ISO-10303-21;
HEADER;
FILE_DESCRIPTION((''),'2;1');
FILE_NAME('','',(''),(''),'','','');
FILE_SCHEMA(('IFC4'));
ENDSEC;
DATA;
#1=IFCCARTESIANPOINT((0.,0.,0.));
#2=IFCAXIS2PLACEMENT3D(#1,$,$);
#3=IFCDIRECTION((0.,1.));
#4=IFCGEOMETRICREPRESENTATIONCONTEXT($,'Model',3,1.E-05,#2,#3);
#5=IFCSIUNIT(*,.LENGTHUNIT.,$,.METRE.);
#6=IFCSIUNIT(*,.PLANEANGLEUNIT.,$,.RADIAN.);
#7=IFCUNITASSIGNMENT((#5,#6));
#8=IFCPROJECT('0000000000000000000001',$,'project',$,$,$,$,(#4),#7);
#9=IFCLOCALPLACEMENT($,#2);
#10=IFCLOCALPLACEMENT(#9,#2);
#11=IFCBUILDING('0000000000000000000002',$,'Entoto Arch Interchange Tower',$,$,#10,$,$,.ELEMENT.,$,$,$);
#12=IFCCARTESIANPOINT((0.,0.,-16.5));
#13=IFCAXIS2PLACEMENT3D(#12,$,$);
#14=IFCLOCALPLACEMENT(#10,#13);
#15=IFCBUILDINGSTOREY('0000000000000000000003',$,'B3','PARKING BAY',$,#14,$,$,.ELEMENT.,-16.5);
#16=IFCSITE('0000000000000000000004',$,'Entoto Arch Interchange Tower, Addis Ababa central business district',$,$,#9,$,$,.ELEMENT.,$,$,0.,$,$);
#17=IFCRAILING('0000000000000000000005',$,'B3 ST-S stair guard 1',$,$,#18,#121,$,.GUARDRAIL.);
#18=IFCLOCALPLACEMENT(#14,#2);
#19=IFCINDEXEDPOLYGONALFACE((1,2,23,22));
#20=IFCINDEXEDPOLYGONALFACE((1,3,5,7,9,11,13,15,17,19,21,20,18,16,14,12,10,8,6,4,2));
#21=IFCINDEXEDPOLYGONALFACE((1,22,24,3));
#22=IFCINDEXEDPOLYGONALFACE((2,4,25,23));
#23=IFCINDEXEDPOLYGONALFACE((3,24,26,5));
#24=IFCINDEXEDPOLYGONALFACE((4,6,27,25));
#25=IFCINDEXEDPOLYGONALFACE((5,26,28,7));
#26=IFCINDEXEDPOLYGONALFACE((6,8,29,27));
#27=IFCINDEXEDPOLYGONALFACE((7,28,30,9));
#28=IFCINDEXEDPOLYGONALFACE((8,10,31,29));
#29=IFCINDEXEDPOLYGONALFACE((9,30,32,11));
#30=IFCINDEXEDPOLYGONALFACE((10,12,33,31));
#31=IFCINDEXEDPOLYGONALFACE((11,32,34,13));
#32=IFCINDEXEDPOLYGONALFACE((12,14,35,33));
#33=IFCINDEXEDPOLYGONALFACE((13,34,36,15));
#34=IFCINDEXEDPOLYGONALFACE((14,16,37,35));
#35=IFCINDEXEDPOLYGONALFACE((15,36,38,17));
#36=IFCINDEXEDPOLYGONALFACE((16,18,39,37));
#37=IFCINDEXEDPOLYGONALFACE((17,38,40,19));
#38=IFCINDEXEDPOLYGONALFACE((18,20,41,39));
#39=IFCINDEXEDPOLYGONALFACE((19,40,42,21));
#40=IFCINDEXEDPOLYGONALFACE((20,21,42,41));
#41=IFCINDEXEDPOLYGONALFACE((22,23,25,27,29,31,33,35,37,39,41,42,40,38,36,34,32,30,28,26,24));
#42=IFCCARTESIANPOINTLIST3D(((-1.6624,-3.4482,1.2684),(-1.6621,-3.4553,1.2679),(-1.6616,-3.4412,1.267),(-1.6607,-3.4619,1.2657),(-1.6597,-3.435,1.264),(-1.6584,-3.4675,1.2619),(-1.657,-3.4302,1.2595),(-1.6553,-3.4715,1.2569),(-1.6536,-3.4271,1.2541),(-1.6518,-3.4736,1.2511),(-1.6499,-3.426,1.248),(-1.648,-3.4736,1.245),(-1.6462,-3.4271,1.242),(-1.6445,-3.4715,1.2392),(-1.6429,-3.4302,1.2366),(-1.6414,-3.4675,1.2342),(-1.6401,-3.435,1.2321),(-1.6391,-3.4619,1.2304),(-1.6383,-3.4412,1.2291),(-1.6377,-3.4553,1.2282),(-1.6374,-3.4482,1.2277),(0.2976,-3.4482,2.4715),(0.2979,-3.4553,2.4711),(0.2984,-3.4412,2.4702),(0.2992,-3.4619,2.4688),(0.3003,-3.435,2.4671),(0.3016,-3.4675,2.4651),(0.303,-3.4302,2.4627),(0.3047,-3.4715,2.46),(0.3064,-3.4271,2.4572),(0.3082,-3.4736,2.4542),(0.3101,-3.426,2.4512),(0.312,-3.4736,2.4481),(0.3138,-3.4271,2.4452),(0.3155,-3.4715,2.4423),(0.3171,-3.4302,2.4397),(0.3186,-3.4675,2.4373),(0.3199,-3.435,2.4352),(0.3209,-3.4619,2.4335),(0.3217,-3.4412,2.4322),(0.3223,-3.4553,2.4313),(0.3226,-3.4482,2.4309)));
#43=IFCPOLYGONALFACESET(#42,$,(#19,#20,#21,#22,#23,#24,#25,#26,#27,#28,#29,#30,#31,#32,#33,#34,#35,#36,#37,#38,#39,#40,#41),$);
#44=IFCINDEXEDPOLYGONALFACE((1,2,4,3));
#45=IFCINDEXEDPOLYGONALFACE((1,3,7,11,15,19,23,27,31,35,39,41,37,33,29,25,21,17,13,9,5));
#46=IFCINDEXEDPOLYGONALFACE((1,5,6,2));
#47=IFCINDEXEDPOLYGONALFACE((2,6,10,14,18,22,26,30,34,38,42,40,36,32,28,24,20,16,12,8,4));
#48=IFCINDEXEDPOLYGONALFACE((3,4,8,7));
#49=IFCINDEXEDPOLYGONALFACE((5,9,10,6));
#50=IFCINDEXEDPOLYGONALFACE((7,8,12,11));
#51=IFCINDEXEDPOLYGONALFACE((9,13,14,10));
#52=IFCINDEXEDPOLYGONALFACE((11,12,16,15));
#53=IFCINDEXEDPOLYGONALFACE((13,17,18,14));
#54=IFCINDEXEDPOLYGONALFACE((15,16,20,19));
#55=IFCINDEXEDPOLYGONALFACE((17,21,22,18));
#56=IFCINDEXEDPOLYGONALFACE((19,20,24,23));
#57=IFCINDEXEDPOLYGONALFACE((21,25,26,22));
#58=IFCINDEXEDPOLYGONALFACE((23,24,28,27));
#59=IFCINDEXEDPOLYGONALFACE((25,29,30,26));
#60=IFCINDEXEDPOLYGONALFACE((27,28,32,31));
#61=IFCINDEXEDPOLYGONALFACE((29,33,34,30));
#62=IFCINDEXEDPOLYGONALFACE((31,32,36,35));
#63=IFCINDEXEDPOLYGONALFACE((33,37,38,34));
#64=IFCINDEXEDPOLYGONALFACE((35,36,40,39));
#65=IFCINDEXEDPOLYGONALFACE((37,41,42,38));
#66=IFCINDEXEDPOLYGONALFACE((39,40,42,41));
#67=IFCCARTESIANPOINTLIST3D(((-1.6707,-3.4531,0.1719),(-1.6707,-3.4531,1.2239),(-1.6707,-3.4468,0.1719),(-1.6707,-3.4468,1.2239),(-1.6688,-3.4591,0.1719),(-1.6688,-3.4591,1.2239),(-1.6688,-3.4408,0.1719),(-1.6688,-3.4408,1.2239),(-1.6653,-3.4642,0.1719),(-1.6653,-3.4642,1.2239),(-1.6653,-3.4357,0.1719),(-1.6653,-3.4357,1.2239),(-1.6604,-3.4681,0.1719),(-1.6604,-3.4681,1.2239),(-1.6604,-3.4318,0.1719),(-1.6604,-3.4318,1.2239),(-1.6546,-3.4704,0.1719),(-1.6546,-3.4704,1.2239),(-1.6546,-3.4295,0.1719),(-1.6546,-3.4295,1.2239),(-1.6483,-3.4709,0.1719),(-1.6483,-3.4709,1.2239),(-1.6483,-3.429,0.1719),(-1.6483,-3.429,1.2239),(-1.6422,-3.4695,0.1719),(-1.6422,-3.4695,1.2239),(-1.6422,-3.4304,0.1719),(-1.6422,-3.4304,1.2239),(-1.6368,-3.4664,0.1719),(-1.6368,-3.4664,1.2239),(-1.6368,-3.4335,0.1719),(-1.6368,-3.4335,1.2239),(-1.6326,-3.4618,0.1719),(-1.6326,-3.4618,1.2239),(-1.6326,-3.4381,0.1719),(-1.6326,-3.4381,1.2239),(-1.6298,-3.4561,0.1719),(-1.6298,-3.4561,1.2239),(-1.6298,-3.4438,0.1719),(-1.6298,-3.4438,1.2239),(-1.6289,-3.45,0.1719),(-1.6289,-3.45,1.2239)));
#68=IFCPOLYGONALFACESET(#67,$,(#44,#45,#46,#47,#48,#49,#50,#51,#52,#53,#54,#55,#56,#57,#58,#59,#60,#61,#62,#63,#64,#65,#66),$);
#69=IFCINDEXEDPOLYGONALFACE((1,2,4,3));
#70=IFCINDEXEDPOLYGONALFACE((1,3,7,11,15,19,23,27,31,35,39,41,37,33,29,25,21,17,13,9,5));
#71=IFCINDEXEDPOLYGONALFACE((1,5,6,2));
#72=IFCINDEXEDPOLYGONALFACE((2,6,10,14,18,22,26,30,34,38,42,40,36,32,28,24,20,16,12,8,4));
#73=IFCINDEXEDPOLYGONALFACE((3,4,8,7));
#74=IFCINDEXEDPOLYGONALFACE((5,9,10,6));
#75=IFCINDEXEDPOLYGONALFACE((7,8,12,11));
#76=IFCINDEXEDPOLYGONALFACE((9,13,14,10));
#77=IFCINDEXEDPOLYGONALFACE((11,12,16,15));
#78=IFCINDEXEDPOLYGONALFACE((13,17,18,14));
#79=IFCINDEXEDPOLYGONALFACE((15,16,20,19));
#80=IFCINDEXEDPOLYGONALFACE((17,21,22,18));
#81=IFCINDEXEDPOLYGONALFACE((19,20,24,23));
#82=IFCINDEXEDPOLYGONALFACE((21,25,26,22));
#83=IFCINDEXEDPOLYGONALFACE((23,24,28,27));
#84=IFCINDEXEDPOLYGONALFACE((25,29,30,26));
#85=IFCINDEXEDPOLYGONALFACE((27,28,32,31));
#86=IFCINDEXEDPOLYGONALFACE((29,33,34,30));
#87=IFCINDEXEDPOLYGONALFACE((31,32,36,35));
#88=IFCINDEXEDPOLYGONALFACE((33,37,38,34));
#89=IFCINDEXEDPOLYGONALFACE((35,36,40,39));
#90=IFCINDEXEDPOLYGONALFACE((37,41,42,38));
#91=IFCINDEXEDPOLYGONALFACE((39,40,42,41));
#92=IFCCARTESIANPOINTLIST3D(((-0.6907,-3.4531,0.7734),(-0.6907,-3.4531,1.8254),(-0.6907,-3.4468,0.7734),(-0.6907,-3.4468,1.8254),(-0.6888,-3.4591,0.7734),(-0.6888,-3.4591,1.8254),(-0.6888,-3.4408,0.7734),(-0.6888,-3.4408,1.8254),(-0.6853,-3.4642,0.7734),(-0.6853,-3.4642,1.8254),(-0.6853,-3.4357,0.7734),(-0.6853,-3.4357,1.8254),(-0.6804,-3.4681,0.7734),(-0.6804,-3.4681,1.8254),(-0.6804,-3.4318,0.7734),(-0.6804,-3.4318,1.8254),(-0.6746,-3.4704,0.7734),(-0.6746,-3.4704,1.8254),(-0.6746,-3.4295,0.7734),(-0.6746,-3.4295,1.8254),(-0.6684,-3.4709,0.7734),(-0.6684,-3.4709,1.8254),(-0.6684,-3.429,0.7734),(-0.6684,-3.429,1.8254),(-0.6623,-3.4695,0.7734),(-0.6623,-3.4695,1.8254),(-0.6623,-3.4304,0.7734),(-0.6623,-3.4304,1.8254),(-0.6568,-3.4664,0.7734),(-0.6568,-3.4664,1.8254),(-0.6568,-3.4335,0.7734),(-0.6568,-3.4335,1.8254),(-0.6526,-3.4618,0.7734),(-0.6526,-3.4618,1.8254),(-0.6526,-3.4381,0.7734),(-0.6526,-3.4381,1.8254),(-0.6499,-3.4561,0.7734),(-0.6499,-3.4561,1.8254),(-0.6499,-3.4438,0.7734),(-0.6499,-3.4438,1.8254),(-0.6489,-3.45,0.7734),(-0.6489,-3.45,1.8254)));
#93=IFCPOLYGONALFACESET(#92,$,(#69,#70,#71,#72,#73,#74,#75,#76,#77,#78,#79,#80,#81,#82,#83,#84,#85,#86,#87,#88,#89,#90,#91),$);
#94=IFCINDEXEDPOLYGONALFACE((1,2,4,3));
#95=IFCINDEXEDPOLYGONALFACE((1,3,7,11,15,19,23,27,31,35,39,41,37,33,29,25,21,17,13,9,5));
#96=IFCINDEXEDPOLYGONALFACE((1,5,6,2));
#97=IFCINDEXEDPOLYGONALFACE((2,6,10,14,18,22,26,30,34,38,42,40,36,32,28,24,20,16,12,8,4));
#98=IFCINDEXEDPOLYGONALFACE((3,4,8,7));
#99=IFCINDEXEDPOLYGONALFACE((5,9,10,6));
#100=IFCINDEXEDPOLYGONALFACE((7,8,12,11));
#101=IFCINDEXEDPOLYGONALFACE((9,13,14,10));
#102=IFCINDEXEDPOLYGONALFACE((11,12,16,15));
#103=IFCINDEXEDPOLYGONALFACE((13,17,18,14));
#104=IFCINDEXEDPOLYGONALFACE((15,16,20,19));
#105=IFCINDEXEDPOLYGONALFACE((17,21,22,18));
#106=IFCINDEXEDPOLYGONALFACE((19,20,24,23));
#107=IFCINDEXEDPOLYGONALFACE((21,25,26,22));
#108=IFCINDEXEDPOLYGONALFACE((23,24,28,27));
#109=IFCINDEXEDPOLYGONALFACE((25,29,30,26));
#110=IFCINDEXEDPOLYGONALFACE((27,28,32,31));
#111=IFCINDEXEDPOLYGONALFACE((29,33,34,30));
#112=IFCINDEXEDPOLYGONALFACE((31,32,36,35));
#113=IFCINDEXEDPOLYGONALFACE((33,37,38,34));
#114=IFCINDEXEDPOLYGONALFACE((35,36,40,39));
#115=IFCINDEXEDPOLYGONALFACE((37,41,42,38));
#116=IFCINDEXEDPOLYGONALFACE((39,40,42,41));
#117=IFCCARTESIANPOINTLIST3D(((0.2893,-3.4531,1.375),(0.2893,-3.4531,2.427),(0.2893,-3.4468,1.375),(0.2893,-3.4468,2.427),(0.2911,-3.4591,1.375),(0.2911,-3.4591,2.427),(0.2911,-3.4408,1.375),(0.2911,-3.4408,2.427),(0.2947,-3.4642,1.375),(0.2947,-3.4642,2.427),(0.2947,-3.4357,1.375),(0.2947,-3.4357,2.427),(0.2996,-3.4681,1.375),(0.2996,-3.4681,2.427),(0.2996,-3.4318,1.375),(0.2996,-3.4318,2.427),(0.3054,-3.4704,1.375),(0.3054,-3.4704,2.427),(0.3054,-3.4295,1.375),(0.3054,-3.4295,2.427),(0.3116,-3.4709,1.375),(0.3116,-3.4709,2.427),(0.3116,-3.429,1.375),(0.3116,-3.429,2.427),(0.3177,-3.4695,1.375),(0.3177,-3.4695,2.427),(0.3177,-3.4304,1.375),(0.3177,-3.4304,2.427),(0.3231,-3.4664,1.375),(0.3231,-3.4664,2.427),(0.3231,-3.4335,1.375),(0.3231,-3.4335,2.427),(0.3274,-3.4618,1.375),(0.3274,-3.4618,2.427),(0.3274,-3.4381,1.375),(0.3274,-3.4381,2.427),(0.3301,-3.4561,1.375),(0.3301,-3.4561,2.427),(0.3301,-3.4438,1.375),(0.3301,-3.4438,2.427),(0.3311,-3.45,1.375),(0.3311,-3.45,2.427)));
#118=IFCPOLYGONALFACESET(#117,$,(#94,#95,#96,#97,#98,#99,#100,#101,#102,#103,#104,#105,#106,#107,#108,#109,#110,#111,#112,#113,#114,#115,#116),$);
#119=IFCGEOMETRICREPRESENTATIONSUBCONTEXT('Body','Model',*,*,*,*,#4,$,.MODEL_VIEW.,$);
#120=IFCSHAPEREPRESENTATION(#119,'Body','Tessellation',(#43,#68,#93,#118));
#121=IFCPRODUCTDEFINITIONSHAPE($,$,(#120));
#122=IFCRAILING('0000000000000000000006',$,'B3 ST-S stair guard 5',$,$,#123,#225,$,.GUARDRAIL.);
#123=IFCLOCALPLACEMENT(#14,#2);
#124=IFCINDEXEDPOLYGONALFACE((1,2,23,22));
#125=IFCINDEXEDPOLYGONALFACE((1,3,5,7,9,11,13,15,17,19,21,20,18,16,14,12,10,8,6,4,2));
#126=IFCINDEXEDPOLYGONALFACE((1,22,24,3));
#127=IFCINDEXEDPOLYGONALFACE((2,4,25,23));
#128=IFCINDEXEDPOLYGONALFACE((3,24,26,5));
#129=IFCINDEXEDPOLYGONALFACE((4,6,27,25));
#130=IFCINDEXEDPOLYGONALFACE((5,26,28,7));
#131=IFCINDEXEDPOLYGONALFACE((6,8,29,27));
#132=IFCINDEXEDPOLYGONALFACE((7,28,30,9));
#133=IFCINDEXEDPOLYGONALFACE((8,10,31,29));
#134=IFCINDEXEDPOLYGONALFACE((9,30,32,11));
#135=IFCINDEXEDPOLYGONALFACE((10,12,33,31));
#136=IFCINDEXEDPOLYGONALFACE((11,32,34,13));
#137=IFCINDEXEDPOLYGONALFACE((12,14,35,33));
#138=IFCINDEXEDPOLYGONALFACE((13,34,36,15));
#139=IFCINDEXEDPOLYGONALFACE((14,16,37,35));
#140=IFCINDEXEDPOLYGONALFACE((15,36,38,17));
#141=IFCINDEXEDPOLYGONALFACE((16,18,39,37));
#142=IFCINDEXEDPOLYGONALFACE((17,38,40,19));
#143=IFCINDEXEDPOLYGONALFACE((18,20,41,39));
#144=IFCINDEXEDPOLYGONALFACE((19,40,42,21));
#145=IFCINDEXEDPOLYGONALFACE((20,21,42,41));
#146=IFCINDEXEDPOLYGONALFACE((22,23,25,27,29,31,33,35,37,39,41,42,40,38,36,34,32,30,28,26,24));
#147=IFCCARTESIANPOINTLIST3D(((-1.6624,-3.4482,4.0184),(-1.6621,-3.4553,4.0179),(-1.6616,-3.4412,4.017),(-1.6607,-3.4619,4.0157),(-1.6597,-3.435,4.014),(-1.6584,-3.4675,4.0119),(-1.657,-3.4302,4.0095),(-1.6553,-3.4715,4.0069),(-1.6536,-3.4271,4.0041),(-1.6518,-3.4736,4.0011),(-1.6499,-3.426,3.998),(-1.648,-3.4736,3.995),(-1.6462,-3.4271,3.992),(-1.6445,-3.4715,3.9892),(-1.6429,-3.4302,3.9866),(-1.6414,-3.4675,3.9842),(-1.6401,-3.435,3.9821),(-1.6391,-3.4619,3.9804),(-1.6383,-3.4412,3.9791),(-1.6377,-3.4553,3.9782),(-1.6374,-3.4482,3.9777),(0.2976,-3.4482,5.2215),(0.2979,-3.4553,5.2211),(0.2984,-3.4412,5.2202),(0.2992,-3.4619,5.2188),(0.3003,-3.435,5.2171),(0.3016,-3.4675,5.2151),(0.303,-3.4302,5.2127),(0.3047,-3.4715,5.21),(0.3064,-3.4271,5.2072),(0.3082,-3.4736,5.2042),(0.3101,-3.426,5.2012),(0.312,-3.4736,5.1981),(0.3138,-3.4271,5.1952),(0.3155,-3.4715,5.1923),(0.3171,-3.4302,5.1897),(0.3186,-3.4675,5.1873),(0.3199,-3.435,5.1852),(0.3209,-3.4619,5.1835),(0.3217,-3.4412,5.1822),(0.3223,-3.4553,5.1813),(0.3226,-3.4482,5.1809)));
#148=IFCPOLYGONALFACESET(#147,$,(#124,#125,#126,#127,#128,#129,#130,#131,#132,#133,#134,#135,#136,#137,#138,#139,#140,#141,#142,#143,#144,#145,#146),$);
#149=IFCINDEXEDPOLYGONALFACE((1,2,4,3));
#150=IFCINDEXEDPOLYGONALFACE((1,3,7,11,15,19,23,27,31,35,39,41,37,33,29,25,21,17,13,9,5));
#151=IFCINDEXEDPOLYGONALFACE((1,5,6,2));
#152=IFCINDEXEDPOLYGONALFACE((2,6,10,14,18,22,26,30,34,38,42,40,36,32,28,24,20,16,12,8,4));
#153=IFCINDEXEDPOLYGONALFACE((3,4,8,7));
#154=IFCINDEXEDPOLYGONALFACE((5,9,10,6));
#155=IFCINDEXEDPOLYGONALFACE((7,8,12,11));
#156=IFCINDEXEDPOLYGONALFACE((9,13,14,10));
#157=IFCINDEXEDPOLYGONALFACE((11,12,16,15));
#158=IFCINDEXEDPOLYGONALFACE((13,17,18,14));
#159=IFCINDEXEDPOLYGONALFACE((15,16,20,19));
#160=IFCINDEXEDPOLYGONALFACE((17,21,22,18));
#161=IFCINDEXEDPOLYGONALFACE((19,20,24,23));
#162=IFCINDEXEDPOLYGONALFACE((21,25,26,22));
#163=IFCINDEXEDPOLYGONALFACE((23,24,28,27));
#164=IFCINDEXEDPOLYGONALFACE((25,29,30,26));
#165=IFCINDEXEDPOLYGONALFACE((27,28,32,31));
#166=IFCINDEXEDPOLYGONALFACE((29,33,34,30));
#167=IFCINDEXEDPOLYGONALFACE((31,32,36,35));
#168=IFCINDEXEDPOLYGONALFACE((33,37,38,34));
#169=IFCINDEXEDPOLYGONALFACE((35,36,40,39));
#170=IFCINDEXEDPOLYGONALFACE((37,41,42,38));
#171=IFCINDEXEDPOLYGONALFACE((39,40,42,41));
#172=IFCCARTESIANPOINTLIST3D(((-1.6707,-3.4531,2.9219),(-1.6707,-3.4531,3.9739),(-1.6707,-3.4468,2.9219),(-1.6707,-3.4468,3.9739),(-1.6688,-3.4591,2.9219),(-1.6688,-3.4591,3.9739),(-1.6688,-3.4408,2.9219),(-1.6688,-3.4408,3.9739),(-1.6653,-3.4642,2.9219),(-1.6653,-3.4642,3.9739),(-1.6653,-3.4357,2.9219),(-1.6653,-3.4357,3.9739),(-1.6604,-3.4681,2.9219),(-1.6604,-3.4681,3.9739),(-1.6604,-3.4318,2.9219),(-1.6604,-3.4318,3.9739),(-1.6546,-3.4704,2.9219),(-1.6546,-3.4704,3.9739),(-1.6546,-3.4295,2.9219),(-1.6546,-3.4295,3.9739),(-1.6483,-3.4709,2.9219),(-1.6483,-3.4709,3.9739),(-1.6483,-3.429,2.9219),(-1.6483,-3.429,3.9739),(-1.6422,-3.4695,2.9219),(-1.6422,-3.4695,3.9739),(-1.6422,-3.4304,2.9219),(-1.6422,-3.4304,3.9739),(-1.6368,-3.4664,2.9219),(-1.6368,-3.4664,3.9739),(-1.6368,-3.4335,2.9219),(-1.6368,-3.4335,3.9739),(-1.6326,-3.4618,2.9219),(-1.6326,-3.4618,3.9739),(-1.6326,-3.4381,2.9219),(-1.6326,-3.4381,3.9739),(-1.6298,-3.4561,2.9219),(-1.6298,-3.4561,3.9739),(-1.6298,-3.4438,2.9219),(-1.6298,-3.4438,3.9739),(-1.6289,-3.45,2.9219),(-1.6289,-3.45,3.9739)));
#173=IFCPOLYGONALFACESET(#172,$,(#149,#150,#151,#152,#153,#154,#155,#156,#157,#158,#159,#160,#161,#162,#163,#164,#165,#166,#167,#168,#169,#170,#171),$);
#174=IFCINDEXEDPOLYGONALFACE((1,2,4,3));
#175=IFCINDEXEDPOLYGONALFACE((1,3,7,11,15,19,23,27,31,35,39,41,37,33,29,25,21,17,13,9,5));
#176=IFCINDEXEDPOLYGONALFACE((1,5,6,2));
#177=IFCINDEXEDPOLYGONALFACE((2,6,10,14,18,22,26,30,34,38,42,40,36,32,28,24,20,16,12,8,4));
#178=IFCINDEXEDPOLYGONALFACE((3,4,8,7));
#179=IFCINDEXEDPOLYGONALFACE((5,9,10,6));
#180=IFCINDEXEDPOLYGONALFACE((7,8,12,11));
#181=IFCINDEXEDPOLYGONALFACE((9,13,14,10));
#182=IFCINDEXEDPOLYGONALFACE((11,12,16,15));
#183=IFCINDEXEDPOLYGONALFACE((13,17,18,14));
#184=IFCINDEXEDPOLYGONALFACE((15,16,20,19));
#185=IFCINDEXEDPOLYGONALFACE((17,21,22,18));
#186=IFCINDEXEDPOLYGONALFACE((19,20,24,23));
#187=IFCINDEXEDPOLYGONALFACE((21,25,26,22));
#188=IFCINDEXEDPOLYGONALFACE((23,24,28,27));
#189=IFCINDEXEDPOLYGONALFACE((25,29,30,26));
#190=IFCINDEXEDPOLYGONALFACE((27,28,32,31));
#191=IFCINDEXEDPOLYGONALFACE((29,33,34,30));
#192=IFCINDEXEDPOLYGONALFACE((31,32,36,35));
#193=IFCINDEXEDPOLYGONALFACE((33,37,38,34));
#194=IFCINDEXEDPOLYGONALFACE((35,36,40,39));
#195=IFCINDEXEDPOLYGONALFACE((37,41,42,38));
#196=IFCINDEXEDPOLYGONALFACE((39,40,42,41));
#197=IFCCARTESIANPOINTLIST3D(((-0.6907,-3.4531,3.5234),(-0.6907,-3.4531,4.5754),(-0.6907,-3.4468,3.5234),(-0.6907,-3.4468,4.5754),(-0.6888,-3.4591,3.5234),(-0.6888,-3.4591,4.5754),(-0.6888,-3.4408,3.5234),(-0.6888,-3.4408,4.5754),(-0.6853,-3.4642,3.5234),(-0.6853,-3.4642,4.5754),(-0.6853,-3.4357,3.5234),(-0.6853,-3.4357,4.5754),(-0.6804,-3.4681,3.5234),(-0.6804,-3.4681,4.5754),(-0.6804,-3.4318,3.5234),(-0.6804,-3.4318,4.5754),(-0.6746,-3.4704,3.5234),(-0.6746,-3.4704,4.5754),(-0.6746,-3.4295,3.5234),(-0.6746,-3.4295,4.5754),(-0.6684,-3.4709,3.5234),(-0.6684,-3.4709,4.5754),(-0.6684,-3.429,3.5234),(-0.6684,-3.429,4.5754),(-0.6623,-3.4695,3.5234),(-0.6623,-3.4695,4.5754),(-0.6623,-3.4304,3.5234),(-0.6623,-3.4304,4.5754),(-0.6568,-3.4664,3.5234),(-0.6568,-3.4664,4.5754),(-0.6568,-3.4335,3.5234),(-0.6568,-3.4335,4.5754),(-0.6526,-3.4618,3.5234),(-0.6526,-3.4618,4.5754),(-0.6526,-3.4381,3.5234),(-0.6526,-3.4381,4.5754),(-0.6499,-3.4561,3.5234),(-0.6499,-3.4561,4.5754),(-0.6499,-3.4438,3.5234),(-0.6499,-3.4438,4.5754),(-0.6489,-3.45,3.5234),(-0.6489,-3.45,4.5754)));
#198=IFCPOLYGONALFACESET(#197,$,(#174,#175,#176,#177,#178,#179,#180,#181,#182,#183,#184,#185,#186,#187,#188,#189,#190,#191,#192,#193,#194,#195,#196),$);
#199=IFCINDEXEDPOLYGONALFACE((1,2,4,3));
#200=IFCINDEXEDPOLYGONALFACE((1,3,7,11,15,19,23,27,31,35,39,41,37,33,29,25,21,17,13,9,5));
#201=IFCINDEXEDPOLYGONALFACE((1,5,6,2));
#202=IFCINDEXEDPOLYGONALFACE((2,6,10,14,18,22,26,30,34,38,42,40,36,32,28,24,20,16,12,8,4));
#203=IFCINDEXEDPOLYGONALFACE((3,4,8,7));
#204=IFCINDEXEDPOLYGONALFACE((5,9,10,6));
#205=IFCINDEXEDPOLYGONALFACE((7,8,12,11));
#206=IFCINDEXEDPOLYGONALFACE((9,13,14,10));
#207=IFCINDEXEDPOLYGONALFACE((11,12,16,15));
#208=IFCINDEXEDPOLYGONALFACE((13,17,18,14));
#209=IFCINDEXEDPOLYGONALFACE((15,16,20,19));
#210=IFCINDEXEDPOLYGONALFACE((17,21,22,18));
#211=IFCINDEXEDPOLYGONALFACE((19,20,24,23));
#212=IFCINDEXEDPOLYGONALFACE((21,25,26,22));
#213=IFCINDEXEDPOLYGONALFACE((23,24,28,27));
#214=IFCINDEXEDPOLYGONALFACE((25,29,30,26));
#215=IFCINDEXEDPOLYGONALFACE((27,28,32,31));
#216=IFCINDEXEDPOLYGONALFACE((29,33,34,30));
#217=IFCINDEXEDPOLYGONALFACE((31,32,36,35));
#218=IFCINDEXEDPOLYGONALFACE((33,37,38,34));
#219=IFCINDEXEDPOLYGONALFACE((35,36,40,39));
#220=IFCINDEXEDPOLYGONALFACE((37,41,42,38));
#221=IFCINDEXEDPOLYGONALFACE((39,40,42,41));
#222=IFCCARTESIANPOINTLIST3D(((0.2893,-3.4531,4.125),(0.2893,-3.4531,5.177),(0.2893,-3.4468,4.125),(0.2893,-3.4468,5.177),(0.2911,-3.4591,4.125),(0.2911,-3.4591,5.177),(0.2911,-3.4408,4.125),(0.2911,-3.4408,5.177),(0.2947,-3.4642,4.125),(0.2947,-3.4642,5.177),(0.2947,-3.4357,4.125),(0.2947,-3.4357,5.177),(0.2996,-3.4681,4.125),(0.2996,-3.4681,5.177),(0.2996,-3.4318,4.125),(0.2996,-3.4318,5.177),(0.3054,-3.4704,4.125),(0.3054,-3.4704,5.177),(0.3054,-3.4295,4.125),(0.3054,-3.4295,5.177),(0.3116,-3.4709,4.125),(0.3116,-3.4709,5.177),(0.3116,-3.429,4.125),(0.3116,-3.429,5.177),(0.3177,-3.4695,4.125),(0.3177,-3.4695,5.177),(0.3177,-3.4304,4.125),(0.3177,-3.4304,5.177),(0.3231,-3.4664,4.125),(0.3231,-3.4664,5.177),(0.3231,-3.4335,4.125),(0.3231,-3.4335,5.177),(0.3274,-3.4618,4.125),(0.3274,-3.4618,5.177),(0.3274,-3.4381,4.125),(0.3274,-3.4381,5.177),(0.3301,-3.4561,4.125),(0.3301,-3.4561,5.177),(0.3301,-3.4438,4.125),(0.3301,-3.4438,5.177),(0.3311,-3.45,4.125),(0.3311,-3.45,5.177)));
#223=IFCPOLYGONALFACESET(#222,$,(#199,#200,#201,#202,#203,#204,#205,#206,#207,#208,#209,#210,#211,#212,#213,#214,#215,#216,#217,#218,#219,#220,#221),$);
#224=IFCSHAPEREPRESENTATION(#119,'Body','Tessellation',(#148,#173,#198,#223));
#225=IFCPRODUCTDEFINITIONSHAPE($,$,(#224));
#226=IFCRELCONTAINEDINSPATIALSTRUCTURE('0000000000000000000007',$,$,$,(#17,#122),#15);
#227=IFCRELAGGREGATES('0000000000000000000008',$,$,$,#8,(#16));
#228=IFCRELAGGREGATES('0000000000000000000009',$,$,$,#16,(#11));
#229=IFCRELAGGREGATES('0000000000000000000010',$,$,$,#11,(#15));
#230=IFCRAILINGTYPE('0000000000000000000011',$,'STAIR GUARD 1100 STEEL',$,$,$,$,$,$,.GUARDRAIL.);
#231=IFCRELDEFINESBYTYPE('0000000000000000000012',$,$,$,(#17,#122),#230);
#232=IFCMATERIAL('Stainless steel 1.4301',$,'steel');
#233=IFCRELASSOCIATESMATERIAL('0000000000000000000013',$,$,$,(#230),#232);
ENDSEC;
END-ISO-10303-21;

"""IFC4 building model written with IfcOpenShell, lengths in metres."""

from ifc_helpers import new_model, si_unit, direction, frame, origin, origin_2d, place, context, subcontext, project, spatial, circle, extrude, material, type_object, element, save


model = new_model("IFC4")

# Units and contexts
model_context = context("Model", 3, precision=1e-05, world=origin(), true_north=direction((0.0, 1.0)))
body_context = subcontext(model_context, "Body", "Model", "MODEL_VIEW")
ifc_project = project(units=[si_unit("LENGTHUNIT", "METRE"), si_unit("PLANEANGLEUNIT", "RADIAN")], contexts=[model_context])

# Site, building, storey
site_placement = place(None, origin())
site = spatial("IfcSite", under=ifc_project, at=site_placement, Name="Entoto Arch Interchange Tower, Addis Ababa central business district", CompositionType="ELEMENT", RefElevation=0.0)
building_placement = place(site_placement, origin())
building = spatial("IfcBuilding", under=site, at=building_placement, Name="Entoto Arch Interchange Tower", CompositionType="ELEMENT")
storey_placement = place(building_placement, frame((0.0, 0.0, -16.5)))
storey = spatial("IfcBuildingStorey", under=building, at=storey_placement, Name="B3", Description="PARKING BAY", CompositionType="ELEMENT", Elevation=-16.5)

# Railings
ifc_material_1 = material(Name="Stainless steel 1.4301", Category="steel")
railing_type = type_object("IfcRailingType", Name="STAIR GUARD 1100 STEEL", PredefinedType="GUARDRAIL", material=ifc_material_1)
for number, where, name in (
    (1, (-1.6499, -3.45, 0.1719), "B3 ST-S stair guard 1"),
    (2, (-1.6499, -3.45, 2.9219), "B3 ST-S stair guard 5"),
):
    element("IfcRailing", number, at=place(storey_placement, frame(where)), inside=storey, type_object=railing_type, Name=name, PredefinedType="GUARDRAIL", context=body_context, shape_type="SweptSolid", body=[
        extrude(circle(Radius=0.0239, at=origin_2d()), frame((0.0, 0.0, 1.0762), z_axis=(0.852241, 0.0, 0.523149), x_axis=(0.0, 1.0, 0.0)), (0.0, 0.0, 1.0), 2.2998),
        extrude(circle(Radius=0.021, at=origin_2d()), origin(), (0.0, 0.0, 1.0), 1.052),
        extrude(circle(Radius=0.021, at=origin_2d()), frame((0.98, 0.0, 0.6016)), (0.0, 0.0, 1.0), 1.052),
        extrude(circle(Radius=0.021, at=origin_2d()), frame((1.96, 0.0, 1.2031)), (0.0, 0.0, 1.0), 1.052),
    ])

save(model, "model.ifc")
